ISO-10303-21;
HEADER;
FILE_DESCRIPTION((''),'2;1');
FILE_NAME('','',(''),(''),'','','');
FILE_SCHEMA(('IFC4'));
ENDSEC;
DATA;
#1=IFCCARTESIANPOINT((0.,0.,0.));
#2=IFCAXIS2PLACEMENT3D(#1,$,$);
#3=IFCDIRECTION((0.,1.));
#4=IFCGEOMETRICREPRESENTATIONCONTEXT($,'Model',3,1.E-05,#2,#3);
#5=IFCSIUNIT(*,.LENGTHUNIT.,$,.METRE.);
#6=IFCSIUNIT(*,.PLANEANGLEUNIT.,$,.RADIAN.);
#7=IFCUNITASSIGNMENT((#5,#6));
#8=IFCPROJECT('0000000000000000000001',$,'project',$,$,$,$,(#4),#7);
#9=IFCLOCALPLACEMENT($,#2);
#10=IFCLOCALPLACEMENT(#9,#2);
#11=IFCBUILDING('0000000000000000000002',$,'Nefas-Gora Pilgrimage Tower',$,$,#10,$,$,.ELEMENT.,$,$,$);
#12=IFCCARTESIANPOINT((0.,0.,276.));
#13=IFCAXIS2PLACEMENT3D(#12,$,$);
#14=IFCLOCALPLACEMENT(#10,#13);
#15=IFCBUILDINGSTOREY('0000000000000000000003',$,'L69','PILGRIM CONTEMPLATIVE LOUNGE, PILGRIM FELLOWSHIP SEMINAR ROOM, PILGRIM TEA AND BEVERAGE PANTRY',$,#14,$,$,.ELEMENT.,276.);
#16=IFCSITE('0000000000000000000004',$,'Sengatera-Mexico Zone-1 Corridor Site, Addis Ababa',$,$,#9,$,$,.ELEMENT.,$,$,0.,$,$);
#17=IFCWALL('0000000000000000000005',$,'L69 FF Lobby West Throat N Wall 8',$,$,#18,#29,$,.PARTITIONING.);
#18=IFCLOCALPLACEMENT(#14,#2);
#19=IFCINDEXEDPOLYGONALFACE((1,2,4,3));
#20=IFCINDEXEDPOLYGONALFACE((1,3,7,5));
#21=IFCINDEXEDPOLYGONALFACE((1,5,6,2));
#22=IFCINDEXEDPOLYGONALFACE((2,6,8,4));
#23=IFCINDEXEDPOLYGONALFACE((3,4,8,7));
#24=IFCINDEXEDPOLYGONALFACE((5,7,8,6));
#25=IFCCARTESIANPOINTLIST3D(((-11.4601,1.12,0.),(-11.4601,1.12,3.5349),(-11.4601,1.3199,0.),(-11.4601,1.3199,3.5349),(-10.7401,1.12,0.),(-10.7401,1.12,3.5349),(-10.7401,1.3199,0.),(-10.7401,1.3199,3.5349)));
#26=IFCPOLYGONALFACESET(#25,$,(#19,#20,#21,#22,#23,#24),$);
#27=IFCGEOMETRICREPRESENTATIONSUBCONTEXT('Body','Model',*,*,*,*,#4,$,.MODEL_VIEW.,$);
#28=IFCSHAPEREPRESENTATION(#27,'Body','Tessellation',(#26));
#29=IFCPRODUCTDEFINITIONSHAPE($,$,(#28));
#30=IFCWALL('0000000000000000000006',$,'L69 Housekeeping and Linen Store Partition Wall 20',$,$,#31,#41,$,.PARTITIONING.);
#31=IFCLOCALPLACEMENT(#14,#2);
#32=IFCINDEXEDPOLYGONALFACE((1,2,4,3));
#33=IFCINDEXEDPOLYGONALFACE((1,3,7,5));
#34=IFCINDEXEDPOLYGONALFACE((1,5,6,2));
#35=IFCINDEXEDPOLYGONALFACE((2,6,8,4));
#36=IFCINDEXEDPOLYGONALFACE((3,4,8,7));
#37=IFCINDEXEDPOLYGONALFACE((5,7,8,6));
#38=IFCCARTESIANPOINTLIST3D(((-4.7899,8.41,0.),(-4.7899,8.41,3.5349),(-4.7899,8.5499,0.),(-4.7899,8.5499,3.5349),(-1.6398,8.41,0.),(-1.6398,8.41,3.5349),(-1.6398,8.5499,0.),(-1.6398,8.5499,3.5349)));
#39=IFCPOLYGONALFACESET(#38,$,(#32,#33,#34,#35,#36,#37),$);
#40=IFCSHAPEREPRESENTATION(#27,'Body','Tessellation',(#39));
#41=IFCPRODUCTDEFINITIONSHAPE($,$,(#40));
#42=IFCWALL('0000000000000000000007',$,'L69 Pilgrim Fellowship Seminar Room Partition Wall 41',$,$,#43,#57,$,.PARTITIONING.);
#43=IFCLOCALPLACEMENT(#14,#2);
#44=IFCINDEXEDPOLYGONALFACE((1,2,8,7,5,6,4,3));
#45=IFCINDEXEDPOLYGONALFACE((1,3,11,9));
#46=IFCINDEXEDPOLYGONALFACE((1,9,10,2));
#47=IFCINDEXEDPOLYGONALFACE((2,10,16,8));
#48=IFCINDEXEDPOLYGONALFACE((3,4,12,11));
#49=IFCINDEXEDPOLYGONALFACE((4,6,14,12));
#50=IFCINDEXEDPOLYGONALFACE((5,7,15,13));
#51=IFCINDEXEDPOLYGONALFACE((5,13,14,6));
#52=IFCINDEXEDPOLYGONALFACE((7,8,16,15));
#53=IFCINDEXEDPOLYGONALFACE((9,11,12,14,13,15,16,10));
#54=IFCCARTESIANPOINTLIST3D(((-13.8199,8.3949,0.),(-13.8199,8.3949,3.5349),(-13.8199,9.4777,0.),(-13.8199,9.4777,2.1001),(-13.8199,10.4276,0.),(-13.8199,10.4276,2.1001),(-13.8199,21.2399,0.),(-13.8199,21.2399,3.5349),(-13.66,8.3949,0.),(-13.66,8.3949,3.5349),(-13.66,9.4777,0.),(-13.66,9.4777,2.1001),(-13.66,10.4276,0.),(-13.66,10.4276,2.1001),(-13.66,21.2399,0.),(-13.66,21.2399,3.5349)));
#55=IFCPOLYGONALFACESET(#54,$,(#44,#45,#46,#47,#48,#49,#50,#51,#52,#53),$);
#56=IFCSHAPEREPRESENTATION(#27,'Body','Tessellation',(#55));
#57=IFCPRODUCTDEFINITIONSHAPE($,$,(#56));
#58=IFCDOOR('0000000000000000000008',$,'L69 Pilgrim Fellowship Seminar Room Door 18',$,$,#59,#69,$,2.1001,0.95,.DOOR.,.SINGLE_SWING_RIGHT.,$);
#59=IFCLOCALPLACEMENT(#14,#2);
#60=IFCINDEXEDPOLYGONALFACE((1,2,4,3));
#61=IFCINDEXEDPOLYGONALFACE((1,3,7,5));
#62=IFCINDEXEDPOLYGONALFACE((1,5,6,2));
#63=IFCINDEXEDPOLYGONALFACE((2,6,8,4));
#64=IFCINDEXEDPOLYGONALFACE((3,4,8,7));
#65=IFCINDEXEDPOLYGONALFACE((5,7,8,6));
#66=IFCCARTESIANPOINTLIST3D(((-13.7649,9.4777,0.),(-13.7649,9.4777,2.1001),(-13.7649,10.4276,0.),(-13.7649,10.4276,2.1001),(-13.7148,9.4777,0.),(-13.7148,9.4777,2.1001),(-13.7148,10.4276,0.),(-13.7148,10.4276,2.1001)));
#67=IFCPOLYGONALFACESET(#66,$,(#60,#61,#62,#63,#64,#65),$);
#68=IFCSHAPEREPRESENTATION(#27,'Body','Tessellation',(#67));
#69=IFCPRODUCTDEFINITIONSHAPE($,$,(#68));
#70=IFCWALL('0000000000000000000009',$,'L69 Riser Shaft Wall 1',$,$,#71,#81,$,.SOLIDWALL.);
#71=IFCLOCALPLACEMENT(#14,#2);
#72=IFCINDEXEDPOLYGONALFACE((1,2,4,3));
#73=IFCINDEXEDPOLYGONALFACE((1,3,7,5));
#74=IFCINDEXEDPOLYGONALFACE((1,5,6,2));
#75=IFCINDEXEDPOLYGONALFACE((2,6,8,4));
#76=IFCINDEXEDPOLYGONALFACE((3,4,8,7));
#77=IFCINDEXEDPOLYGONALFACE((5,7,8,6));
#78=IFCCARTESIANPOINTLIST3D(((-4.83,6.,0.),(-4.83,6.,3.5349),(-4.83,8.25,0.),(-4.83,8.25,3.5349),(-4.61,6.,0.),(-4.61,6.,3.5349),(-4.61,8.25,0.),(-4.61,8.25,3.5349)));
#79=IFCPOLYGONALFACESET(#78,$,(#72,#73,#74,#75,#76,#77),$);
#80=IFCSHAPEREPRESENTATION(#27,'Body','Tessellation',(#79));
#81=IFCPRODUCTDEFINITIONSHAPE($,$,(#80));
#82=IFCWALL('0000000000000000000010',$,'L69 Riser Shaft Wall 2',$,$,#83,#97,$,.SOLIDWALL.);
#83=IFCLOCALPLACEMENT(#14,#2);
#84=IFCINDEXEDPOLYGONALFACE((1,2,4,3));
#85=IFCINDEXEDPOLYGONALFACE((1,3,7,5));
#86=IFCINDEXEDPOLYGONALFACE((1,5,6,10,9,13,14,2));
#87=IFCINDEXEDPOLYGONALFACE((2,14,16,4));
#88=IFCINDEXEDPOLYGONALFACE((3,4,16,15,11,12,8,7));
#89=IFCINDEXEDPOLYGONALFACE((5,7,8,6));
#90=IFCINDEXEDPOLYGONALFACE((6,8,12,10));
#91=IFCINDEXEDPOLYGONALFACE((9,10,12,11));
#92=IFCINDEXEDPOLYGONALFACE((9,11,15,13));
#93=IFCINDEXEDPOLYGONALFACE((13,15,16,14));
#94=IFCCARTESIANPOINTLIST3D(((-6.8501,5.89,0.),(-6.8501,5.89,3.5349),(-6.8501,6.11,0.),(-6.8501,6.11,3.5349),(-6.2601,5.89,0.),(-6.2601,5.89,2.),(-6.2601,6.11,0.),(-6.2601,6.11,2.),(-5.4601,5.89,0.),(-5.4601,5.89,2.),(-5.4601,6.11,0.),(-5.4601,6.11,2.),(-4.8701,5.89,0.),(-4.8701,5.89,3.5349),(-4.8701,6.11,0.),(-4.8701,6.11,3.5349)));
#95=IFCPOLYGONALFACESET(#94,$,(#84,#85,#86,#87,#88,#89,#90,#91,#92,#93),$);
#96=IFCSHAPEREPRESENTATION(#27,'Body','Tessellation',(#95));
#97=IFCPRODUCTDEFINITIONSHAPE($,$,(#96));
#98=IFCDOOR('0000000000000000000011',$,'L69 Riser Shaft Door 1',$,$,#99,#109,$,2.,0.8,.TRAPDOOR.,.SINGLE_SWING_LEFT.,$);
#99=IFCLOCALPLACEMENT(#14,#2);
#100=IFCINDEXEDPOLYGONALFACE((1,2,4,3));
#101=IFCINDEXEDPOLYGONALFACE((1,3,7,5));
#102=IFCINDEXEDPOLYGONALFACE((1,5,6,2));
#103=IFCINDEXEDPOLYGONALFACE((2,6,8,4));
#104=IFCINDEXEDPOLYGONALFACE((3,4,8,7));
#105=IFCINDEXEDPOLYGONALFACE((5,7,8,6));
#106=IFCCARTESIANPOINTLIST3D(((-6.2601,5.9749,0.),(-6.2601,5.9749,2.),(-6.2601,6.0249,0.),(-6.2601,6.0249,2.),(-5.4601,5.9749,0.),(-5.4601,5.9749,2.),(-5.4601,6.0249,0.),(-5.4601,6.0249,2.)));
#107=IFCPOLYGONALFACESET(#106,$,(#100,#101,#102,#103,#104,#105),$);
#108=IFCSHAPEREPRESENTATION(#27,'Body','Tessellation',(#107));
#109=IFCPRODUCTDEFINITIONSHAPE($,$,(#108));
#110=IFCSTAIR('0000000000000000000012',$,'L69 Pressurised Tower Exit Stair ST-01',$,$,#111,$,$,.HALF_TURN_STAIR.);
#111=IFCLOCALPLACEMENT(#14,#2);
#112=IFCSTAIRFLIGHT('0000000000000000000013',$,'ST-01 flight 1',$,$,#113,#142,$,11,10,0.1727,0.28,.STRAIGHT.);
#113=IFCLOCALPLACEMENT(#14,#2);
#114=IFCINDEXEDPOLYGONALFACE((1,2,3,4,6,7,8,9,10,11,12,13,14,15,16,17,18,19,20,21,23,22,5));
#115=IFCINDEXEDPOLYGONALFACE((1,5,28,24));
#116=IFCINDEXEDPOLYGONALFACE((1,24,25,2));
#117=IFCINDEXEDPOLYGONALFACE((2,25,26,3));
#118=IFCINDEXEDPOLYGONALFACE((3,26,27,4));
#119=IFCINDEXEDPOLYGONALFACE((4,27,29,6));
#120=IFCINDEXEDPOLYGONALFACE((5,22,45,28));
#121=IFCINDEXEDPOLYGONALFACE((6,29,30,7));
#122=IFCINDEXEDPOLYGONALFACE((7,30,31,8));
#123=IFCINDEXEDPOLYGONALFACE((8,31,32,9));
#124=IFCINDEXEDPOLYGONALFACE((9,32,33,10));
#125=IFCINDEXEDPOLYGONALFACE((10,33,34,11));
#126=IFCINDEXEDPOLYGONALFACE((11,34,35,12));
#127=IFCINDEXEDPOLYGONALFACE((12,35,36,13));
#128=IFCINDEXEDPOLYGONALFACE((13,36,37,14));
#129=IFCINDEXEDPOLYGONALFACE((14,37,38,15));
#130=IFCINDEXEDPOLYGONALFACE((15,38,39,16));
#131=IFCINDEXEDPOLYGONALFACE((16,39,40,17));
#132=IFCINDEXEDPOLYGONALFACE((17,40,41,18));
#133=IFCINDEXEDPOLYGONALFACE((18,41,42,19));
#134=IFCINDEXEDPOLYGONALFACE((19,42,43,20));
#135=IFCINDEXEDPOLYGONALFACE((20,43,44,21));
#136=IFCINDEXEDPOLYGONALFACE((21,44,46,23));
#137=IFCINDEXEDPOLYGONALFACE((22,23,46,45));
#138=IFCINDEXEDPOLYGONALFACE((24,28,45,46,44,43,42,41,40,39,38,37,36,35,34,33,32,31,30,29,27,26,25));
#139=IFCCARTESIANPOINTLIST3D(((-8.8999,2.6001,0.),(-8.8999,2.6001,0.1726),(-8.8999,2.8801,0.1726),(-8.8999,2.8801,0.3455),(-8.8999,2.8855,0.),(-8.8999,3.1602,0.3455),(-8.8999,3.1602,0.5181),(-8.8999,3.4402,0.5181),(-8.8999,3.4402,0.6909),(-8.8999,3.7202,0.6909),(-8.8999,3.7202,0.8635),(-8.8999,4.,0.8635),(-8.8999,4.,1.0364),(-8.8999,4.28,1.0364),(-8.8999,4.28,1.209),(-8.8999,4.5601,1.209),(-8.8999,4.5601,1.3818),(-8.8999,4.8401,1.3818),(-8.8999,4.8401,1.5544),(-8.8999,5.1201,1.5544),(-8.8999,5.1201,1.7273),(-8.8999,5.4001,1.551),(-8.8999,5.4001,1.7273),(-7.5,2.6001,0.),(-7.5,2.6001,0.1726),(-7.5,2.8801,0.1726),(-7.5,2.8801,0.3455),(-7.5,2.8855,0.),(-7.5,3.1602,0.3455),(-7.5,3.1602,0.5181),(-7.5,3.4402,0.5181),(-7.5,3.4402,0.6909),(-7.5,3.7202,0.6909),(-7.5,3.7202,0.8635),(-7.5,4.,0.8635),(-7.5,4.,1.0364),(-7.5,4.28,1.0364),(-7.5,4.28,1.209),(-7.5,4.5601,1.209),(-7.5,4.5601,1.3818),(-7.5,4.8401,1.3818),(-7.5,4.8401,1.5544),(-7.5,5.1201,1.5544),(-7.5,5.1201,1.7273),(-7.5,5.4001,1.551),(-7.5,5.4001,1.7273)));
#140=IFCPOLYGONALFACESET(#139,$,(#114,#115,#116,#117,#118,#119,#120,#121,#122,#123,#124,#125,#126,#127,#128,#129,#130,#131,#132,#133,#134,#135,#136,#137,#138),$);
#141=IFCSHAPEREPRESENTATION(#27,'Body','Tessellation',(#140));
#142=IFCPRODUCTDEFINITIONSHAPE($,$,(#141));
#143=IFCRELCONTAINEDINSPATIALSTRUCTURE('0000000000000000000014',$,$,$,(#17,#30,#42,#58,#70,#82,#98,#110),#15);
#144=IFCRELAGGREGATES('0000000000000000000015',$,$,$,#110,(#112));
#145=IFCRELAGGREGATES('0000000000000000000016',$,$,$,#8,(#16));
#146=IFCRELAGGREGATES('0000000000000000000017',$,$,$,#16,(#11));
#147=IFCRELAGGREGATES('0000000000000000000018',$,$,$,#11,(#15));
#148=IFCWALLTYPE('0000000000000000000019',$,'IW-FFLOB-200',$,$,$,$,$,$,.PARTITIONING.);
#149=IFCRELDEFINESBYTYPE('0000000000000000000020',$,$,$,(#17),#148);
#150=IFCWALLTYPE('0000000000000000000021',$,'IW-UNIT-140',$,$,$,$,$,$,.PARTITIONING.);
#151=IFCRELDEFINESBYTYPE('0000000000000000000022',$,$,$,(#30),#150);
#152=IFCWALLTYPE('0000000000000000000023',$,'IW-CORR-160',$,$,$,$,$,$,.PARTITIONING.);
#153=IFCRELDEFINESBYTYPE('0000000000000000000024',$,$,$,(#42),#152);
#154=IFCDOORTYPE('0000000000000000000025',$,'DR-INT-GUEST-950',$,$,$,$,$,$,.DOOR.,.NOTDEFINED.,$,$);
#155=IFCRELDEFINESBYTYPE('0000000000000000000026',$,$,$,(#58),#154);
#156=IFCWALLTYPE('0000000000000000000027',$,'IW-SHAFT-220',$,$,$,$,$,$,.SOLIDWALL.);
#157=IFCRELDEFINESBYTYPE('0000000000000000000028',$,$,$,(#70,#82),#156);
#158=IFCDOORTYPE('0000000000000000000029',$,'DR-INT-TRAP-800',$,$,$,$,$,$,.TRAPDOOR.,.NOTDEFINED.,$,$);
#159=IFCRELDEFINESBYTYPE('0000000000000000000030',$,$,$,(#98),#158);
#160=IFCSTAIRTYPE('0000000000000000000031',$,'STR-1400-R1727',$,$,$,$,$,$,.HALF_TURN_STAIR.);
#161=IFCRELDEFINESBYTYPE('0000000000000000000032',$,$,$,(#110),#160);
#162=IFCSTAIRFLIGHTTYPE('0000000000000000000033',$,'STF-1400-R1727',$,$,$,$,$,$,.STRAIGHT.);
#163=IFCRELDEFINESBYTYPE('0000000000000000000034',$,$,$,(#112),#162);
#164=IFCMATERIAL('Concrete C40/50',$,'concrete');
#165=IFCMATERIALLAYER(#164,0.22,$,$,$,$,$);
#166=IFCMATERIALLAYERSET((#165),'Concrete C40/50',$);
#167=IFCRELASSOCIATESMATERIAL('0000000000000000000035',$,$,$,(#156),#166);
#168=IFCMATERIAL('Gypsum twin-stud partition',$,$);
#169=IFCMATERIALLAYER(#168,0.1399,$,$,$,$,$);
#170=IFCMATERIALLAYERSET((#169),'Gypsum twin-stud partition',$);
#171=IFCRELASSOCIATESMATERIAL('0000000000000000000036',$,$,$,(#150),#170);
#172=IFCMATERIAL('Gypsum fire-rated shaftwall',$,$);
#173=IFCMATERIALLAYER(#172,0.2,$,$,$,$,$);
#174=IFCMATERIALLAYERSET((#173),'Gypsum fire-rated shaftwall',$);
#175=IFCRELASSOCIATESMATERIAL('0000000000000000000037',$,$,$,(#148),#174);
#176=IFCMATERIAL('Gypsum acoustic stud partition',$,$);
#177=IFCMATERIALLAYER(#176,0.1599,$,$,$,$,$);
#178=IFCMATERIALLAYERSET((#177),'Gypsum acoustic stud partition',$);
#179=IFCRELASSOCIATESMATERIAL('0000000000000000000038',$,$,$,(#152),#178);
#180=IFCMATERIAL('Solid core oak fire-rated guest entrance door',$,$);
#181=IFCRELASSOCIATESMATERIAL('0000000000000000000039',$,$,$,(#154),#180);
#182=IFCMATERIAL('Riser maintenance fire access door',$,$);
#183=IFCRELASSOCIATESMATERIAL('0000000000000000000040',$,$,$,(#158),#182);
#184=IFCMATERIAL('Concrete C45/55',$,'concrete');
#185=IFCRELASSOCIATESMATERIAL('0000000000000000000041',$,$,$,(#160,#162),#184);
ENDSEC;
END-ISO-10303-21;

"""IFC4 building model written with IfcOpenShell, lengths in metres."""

from ifc_helpers import new_model, si_unit, direction, frame, frame_2d, origin, place, context, subcontext, project, spatial, polyline, rectangle, outline, extrude, source, transform, mapped, material, layer, layer_set, type_object, element, fill, aggregate, save


model = new_model("IFC4")

# Units and contexts
model_context = context("Model", 3, precision=1e-05, world=origin(), true_north=direction((0.0, 1.0)))
body_context = subcontext(model_context, "Body", "Model", "MODEL_VIEW")
ifc_project = project(units=[si_unit("LENGTHUNIT", "METRE"), si_unit("PLANEANGLEUNIT", "RADIAN")], contexts=[model_context])

# Site, building, storey
site_placement = place(None, origin())
site = spatial("IfcSite", under=ifc_project, at=site_placement, Name="Sengatera-Mexico Zone-1 Corridor Site, Addis Ababa", CompositionType="ELEMENT", RefElevation=0.0)
building_placement = place(site_placement, origin())
building = spatial("IfcBuilding", under=site, at=building_placement, Name="Nefas-Gora Pilgrimage Tower", CompositionType="ELEMENT")
storey_placement = place(building_placement, frame((0.0, 0.0, 276.0)))
storey = spatial("IfcBuildingStorey", under=building, at=storey_placement, Name="L69", Description="PILGRIM CONTEMPLATIVE LOUNGE, PILGRIM FELLOWSHIP SEMINAR ROOM, PILGRIM TEA AND BEVERAGE PANTRY", CompositionType="ELEMENT", Elevation=276.0)

# Shared definitions
ifc_material_1 = material(Name="Concrete C45/55", Category="concrete")

# Shared definitions
ifc_material_2 = material(Name="Concrete C40/50", Category="concrete")
ifc_layer_1 = layer(ifc_material_2, 0.22)
ifc_layer_set_1 = layer_set([ifc_layer_1], Name="Concrete C40/50")
wall_type_1 = type_object("IfcWallType", Name="IW-SHAFT-220", PredefinedType="SOLIDWALL", material=ifc_layer_set_1)

# Walls
ifc_material_3 = material(Name="Gypsum twin-stud partition")
ifc_layer_2 = layer(ifc_material_3, 0.1399)
ifc_layer_set_2 = layer_set([ifc_layer_2], Name="Gypsum twin-stud partition")
wall_type_2 = type_object("IfcWallType", Name="IW-UNIT-140", PredefinedType="PARTITIONING", material=ifc_layer_set_2)
ifc_material_4 = material(Name="Gypsum fire-rated shaftwall")
ifc_layer_3 = layer(ifc_material_4, 0.2)
ifc_layer_set_3 = layer_set([ifc_layer_3], Name="Gypsum fire-rated shaftwall")
wall_type_3 = type_object("IfcWallType", Name="IW-FFLOB-200", PredefinedType="PARTITIONING", material=ifc_layer_set_3)
shared_shape_1 = source(origin(), body_context, "Body", "SweptSolid", [
    extrude(rectangle(XDim=0.72, YDim=0.2, at=frame_2d((0.3599, 0.0))), origin(), (0.0, 0.0, 1.0), 3.5349),
])
wall_1_placement = place(storey_placement, frame((-11.46, 1.22, 0.0), z_axis=(0.0, 0.0, 1.0), x_axis=(1.0, 0.0, 0.0)))
element("IfcWall", 1, at=wall_1_placement, inside=storey, type_object=wall_type_3, Name="L69 FF Lobby West Throat N Wall 8", PredefinedType="PARTITIONING", context=body_context, shape_type="MappedRepresentation", body=[
    mapped(shared_shape_1, transform((0.0, 0.0, 0.0), x_axis=(1.0, 0.0, 0.0), y_axis=(0.0, 1.0, 0.0), z_axis=(0.0, 0.0, 1.0), scale=1.0)),
])
shared_shape_2 = source(origin(), body_context, "Body", "SweptSolid", [
    extrude(rectangle(XDim=3.1501, YDim=0.1399, at=frame_2d((1.5752, 0.0))), origin(), (0.0, 0.0, 1.0), 3.5349),
])
wall_2_placement = place(storey_placement, frame((-4.79, 8.48, 0.0), z_axis=(0.0, 0.0, 1.0), x_axis=(1.0, 0.0, 0.0)))
element("IfcWall", 2, at=wall_2_placement, inside=storey, type_object=wall_type_2, Name="L69 Housekeeping and Linen Store Partition Wall 20", PredefinedType="PARTITIONING", context=body_context, shape_type="MappedRepresentation", body=[
    mapped(shared_shape_2, transform((0.0, 0.0, 0.0), x_axis=(1.0, 0.0, 0.0), y_axis=(0.0, 1.0, 0.0), z_axis=(0.0, 0.0, 1.0), scale=1.0)),
])

# Wall, opening, door
ifc_material_5 = material(Name="Gypsum acoustic stud partition")
ifc_layer_4 = layer(ifc_material_5, 0.1599)
ifc_layer_set_4 = layer_set([ifc_layer_4], Name="Gypsum acoustic stud partition")
wall_type_4 = type_object("IfcWallType", Name="IW-CORR-160", PredefinedType="PARTITIONING", material=ifc_layer_set_4)
shared_shape_3 = source(origin(), body_context, "Body", "SweptSolid", [
    extrude(rectangle(XDim=12.845, YDim=0.1599, at=frame_2d((6.4224, 0.0))), origin(), (0.0, 0.0, 1.0), 3.5349),
])
wall_3_placement = place(storey_placement, frame((-13.74, 8.395, 0.0), z_axis=(0.0, 0.0, 1.0), x_axis=(0.0, 1.0, 0.0)))
wall_3 = element("IfcWall", 3, at=wall_3_placement, inside=storey, type_object=wall_type_4, Name="L69 Pilgrim Fellowship Seminar Room Partition Wall 41", PredefinedType="PARTITIONING", context=body_context, shape_type="MappedRepresentation", body=[
    mapped(shared_shape_3, transform((0.0, 0.0, 0.0), x_axis=(1.0, 0.0, 0.0), y_axis=(0.0, 1.0, 0.0), z_axis=(0.0, 0.0, 1.0), scale=1.0)),
])
opening_1_placement = place(wall_3_placement, frame((1.0825, 0.0, 0.0)))
opening_1 = element("IfcOpeningElement", 4, at=opening_1_placement, cuts=wall_3, PredefinedType="OPENING", context=body_context, shape_type="SweptSolid", body=[
    extrude(rectangle(XDim=0.95, YDim=2.1001, at=frame_2d((0.4751, 1.05))), frame((0.0, 0.0898, 0.0), z_axis=(0.0, -1.0, 0.0), x_axis=(1.0, 0.0, 0.0)), (0.0, 0.0, 1.0), 0.1799),
])
ifc_material_6 = material(Name="Solid core oak fire-rated guest entrance door")
door_type_1 = type_object("IfcDoorType", Name="DR-INT-GUEST-950", OperationType="NOTDEFINED", PredefinedType="DOOR", material=ifc_material_6)
shared_shape_4 = source(origin(), body_context, "Body", "SweptSolid", [
    extrude(rectangle(XDim=0.95, YDim=2.1001, at=frame_2d((0.4751, 1.05))), frame((0.0, 0.0249, 0.0), z_axis=(0.0, -1.0, 0.0), x_axis=(1.0, 0.0, 0.0)), (0.0, 0.0, 1.0), 0.05),
])
door_1_placement = place(opening_1_placement, origin())
door_1 = element("IfcDoor", 5, at=door_1_placement, inside=storey, type_object=door_type_1, Name="L69 Pilgrim Fellowship Seminar Room Door 18", OperationType="SINGLE_SWING_RIGHT", OverallHeight=2.1001, OverallWidth=0.95, PredefinedType="DOOR", context=body_context, shape_type="MappedRepresentation", body=[
    mapped(shared_shape_4, transform((0.0, 0.0, 0.0), x_axis=(1.0, 0.0, 0.0), y_axis=(0.0, 1.0, 0.0), z_axis=(0.0, 0.0, 1.0), scale=1.0)),
])
fill(opening_1, door_1)

# Wall
shared_shape_5 = source(origin(), body_context, "Body", "SweptSolid", [
    extrude(rectangle(XDim=2.25, YDim=0.22, at=frame_2d((1.125, 0.0))), origin(), (0.0, 0.0, 1.0), 3.5349),
])
wall_4_placement = place(storey_placement, frame((-4.72, 6.0, 0.0), z_axis=(0.0, 0.0, 1.0), x_axis=(0.0, 1.0, 0.0)))
element("IfcWall", 6, at=wall_4_placement, inside=storey, type_object=wall_type_1, Name="L69 Riser Shaft Wall 1", PredefinedType="SOLIDWALL", context=body_context, shape_type="MappedRepresentation", body=[
    mapped(shared_shape_5, transform((0.0, 0.0, 0.0), x_axis=(1.0, 0.0, 0.0), y_axis=(0.0, 1.0, 0.0), z_axis=(0.0, 0.0, 1.0), scale=1.0)),
])

# Wall, opening, door
shared_shape_6 = source(origin(), body_context, "Body", "SweptSolid", [
    extrude(rectangle(XDim=1.98, YDim=0.22, at=frame_2d((0.99, 0.0))), origin(), (0.0, 0.0, 1.0), 3.5349),
])
wall_5_placement = place(storey_placement, frame((-6.8501, 6.0, 0.0), z_axis=(0.0, 0.0, 1.0), x_axis=(1.0, 0.0, 0.0)))
wall_5 = element("IfcWall", 7, at=wall_5_placement, inside=storey, type_object=wall_type_1, Name="L69 Riser Shaft Wall 2", PredefinedType="SOLIDWALL", context=body_context, shape_type="MappedRepresentation", body=[
    mapped(shared_shape_6, transform((0.0, 0.0, 0.0), x_axis=(1.0, 0.0, 0.0), y_axis=(0.0, 1.0, 0.0), z_axis=(0.0, 0.0, 1.0), scale=1.0)),
])
opening_2_placement = place(wall_5_placement, frame((0.5901, 0.0, 0.0)))
opening_2 = element("IfcOpeningElement", 8, at=opening_2_placement, cuts=wall_5, PredefinedType="OPENING", context=body_context, shape_type="SweptSolid", body=[
    extrude(rectangle(XDim=0.8, YDim=2.0, at=frame_2d((0.3999, 1.0))), frame((0.0, 0.1199, 0.0), z_axis=(0.0, -1.0, 0.0), x_axis=(1.0, 0.0, 0.0)), (0.0, 0.0, 1.0), 0.24),
])
ifc_material_7 = material(Name="Riser maintenance fire access door")
door_type_2 = type_object("IfcDoorType", Name="DR-INT-TRAP-800", OperationType="NOTDEFINED", PredefinedType="TRAPDOOR", material=ifc_material_7)
shared_shape_7 = source(origin(), body_context, "Body", "SweptSolid", [
    extrude(rectangle(XDim=0.8, YDim=2.0, at=frame_2d((0.3999, 1.0))), frame((0.0, 0.0249, 0.0), z_axis=(0.0, -1.0, 0.0), x_axis=(1.0, 0.0, 0.0)), (0.0, 0.0, 1.0), 0.05),
])
door_2_placement = place(opening_2_placement, origin())
door_2 = element("IfcDoor", 9, at=door_2_placement, inside=storey, type_object=door_type_2, Name="L69 Riser Shaft Door 1", OperationType="SINGLE_SWING_LEFT", OverallHeight=2.0, OverallWidth=0.8, PredefinedType="TRAPDOOR", context=body_context, shape_type="MappedRepresentation", body=[
    mapped(shared_shape_7, transform((0.0, 0.0, 0.0), x_axis=(1.0, 0.0, 0.0), y_axis=(0.0, 1.0, 0.0), z_axis=(0.0, 0.0, 1.0), scale=1.0)),
])
fill(opening_2, door_2)

# Stair, stair flight
stair_type = type_object("IfcStairType", Name="STR-1400-R1727", PredefinedType="HALF_TURN_STAIR", material=ifc_material_1)
stair_placement = place(storey_placement, origin())
stair = element("IfcStair", 10, at=stair_placement, inside=storey, type_object=stair_type, Name="L69 Pressurised Tower Exit Stair ST-01", PredefinedType="HALF_TURN_STAIR")
stair_flight_type = type_object("IfcStairFlightType", Name="STF-1400-R1727", PredefinedType="STRAIGHT", material=ifc_material_1)
shared_shape_8 = source(origin(), body_context, "Body", "SweptSolid", [
    extrude(outline(polyline([(0.0, 0.0), (0.0, 0.1726), (0.28, 0.1726), (0.28, 0.3455), (0.5601, 0.3455), (0.5601, 0.5181), (0.8401, 0.5181), (0.8401, 0.6909), (1.1201, 0.6909), (1.1201, 0.8635), (1.3999, 0.8635), (1.3999, 1.0364), (1.6799, 1.0364), (1.6799, 1.209), (1.96, 1.209), (1.96, 1.3818), (2.24, 1.3818), (2.24, 1.5544), (2.52, 1.5544), (2.52, 1.7273), (2.8, 1.7273), (2.8, 1.8999), (2.8, 1.551), (0.2854, 0.0), (0.0, 0.0)])), frame((0.0, 0.7, 0.0), z_axis=(0.0, -1.0, 0.0), x_axis=(1.0, 0.0, 0.0)), (0.0, 0.0, 1.0), 1.3999),
])
stair_flight_1_placement = place(storey_placement, frame((-8.2, 2.6001, 0.0), z_axis=(0.0, 0.0, 1.0), x_axis=(0.0, 1.0, 0.0)))
stair_flight_1 = element("IfcStairFlight", 11, at=stair_flight_1_placement, type_object=stair_flight_type, Name="ST-01 flight 1", NumberOfRisers=11, NumberOfTreads=10, PredefinedType="STRAIGHT", RiserHeight=0.1727, TreadLength=0.28, context=body_context, shape_type="MappedRepresentation", body=[
    mapped(shared_shape_8, transform((0.0, 0.0, 0.0), x_axis=(1.0, 0.0, 0.0), y_axis=(0.0, 1.0, 0.0), z_axis=(0.0, 0.0, 1.0), scale=1.0)),
])
aggregate(stair, [stair_flight_1])

save(model, "model.ifc")
